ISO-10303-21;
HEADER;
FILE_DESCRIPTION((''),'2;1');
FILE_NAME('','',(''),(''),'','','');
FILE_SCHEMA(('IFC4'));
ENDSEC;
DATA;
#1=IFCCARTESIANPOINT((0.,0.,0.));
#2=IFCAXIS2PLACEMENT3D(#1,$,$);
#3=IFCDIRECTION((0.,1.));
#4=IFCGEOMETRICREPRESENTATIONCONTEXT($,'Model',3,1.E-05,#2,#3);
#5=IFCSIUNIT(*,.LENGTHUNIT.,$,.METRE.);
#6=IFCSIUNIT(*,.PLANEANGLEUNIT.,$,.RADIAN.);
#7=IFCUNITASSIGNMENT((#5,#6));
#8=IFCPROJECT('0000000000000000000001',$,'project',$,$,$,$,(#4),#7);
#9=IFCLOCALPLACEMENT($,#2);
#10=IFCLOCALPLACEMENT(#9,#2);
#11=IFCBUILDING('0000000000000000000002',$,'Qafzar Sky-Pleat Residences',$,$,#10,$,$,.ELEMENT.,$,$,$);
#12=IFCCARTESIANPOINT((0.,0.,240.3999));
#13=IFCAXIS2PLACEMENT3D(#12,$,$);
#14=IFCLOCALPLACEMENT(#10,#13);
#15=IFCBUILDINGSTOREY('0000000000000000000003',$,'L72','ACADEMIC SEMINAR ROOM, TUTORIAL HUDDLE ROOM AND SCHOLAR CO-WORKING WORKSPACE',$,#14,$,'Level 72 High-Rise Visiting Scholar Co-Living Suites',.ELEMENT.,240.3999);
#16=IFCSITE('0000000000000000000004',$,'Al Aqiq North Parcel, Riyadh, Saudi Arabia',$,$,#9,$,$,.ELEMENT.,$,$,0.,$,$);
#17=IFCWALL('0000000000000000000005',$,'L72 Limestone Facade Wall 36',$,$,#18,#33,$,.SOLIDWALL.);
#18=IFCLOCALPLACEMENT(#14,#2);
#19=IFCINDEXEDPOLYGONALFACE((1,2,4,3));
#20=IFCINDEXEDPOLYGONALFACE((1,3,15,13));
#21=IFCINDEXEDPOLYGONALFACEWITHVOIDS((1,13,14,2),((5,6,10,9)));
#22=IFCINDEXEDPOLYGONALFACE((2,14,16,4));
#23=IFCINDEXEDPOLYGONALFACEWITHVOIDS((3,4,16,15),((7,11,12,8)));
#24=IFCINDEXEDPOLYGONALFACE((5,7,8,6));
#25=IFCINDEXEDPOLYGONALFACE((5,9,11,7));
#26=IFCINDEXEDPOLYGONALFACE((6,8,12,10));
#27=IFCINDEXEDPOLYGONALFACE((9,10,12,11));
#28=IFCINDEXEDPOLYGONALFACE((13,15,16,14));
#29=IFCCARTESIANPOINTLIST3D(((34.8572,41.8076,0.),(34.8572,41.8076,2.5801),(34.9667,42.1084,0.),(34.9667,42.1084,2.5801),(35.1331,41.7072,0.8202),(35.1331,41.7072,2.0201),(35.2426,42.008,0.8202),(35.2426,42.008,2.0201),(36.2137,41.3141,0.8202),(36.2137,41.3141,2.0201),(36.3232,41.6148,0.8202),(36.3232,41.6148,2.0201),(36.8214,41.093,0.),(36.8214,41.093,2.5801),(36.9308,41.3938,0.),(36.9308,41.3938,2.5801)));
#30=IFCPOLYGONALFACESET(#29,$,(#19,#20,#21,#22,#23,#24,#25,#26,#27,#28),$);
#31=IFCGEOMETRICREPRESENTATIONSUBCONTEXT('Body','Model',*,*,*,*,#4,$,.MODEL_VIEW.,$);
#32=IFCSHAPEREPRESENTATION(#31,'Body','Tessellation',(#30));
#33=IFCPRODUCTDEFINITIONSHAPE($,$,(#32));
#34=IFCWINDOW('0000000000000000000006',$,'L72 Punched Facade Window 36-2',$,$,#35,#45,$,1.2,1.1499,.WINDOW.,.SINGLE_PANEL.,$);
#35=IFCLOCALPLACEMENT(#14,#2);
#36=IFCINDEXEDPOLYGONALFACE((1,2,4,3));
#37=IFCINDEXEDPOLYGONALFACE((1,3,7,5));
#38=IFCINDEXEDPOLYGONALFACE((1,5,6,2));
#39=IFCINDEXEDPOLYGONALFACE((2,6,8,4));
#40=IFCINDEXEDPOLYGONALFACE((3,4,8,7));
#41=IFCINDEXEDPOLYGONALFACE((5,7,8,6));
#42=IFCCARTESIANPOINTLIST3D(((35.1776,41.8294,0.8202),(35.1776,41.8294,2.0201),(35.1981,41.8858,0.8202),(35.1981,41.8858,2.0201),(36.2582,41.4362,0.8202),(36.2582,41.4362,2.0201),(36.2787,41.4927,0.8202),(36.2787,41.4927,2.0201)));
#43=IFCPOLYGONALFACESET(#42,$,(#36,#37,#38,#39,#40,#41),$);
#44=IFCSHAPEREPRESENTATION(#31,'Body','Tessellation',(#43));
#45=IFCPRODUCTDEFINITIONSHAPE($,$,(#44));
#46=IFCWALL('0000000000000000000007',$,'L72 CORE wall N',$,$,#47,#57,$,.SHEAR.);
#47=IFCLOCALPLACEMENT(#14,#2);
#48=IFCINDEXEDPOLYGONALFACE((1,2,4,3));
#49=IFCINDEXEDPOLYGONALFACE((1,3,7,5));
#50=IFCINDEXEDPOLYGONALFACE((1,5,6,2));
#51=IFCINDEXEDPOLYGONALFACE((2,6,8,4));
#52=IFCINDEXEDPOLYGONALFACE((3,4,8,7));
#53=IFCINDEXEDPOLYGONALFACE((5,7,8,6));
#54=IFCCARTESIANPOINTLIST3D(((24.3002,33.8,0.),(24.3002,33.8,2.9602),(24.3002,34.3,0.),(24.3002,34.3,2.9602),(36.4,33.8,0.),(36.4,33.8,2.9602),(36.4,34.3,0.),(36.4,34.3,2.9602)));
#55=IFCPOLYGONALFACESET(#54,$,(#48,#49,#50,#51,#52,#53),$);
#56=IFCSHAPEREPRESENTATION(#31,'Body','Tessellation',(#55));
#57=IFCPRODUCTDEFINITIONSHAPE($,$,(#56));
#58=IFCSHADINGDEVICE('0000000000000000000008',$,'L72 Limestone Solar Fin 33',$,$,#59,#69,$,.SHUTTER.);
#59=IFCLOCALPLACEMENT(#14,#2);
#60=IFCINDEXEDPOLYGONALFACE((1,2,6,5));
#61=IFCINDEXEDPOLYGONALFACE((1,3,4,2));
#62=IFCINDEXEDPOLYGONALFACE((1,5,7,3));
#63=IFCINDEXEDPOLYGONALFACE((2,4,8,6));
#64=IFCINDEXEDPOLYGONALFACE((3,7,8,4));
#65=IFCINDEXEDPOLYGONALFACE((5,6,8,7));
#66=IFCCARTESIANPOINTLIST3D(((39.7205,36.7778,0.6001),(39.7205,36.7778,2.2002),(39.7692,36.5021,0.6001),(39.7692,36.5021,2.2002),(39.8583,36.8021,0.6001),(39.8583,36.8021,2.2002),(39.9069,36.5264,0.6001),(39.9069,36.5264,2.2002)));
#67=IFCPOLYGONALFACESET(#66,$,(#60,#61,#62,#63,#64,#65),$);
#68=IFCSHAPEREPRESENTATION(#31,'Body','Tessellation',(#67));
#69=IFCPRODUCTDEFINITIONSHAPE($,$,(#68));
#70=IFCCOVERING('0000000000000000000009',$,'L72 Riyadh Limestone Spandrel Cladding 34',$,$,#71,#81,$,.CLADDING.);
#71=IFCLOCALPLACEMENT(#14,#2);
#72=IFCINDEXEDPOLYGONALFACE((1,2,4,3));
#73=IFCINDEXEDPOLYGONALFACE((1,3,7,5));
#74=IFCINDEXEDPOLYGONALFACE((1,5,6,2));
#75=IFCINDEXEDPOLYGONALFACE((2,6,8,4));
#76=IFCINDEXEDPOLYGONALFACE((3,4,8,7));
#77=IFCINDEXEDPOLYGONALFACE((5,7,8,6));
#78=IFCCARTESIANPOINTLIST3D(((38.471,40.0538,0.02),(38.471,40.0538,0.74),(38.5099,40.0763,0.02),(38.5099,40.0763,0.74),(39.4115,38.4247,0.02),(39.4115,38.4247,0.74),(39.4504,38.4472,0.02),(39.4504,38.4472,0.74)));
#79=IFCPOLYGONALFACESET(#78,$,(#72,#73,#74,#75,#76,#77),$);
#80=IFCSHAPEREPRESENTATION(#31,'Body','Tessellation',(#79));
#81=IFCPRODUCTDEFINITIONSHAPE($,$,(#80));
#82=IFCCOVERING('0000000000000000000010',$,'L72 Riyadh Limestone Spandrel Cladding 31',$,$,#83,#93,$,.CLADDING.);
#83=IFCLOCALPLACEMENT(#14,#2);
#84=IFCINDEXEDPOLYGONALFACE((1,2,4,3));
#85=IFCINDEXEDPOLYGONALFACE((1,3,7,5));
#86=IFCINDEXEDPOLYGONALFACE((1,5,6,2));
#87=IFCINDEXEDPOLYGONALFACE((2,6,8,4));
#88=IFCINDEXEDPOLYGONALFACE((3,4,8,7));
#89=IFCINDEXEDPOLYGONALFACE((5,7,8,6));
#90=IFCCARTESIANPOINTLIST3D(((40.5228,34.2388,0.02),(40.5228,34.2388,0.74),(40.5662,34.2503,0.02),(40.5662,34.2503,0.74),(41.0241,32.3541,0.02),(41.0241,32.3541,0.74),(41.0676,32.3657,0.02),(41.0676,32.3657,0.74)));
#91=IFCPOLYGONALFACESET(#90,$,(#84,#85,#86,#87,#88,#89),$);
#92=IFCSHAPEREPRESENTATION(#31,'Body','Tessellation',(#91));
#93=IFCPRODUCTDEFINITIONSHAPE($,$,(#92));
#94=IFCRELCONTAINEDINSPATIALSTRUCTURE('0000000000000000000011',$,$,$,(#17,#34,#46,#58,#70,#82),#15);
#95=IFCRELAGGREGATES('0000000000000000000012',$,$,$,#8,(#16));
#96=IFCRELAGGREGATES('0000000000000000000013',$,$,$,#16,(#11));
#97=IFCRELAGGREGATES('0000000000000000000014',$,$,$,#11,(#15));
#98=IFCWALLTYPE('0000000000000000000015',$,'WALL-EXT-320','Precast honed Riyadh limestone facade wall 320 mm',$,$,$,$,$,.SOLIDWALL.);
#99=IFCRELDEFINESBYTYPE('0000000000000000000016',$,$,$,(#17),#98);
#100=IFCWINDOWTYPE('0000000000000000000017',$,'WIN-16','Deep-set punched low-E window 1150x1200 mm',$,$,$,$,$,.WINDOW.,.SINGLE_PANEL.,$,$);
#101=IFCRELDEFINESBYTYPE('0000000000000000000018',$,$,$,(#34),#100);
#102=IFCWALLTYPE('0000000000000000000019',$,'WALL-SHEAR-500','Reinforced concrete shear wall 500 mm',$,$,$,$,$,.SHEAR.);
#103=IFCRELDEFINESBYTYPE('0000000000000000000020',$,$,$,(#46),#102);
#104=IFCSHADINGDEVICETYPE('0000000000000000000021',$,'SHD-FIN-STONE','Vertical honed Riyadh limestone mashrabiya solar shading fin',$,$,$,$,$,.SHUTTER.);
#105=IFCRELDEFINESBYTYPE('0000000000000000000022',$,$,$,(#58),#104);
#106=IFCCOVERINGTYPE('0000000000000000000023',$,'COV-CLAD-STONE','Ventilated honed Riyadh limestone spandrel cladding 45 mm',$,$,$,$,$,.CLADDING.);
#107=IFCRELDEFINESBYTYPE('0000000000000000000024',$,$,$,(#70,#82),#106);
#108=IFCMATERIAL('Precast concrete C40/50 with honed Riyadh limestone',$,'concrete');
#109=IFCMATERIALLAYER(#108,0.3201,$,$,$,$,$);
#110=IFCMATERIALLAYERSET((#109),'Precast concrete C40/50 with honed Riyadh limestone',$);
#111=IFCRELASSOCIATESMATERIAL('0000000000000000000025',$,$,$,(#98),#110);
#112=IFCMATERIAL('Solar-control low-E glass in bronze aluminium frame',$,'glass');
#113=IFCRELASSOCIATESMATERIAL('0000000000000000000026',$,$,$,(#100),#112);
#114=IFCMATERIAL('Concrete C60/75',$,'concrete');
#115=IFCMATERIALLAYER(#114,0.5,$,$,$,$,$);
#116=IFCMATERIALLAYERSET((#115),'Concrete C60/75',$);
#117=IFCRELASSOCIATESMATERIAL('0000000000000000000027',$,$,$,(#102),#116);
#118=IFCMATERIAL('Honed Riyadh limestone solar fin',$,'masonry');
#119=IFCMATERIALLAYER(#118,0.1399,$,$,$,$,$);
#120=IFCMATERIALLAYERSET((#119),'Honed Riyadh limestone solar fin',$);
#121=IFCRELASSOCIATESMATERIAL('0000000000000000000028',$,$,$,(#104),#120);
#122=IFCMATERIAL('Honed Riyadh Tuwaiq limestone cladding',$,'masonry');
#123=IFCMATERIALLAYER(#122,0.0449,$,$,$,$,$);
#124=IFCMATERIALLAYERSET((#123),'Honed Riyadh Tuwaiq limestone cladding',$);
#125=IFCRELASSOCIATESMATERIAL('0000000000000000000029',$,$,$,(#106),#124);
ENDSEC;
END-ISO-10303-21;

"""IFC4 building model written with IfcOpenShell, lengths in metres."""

from ifc_helpers import new_model, si_unit, direction, frame, frame_2d, origin, origin_2d, place, context, subcontext, project, spatial, rectangle, extrude, source, transform, mapped, material, layer, layer_set, type_object, element, fill, save


model = new_model("IFC4")

# Units and contexts
model_context = context("Model", 3, precision=1e-05, world=origin(), true_north=direction((0.0, 1.0)))
body_context = subcontext(model_context, "Body", "Model", "MODEL_VIEW")
ifc_project = project(units=[si_unit("LENGTHUNIT", "METRE"), si_unit("PLANEANGLEUNIT", "RADIAN")], contexts=[model_context])

# Site, building, storey
site_placement = place(None, origin())
site = spatial("IfcSite", under=ifc_project, at=site_placement, Name="Al Aqiq North Parcel, Riyadh, Saudi Arabia", CompositionType="ELEMENT", RefElevation=0.0)
building_placement = place(site_placement, origin())
building = spatial("IfcBuilding", under=site, at=building_placement, Name="Qafzar Sky-Pleat Residences", CompositionType="ELEMENT")
storey_placement = place(building_placement, frame((0.0, 0.0, 240.3999)))
storey = spatial("IfcBuildingStorey", under=building, at=storey_placement, Name="L72", Description="ACADEMIC SEMINAR ROOM, TUTORIAL HUDDLE ROOM AND SCHOLAR CO-WORKING WORKSPACE", LongName="Level 72 High-Rise Visiting Scholar Co-Living Suites", CompositionType="ELEMENT", Elevation=240.3999)

# Wall, opening, window
ifc_material_1 = material(Name="Precast concrete C40/50 with honed Riyadh limestone", Category="concrete")
ifc_layer_1 = layer(ifc_material_1, 0.3201)
ifc_layer_set_1 = layer_set([ifc_layer_1], Name="Precast concrete C40/50 with honed Riyadh limestone")
wall_type_1 = type_object("IfcWallType", Name="WALL-EXT-320", Description="Precast honed Riyadh limestone facade wall 320 mm", PredefinedType="SOLIDWALL", material=ifc_layer_set_1)
ifc_material_2 = material(Name="Solar-control low-E glass in bronze aluminium frame", Category="glass")
wall_1_placement = place(storey_placement, frame((36.876, 41.2434, 0.0), z_axis=(0.0, 0.0, 1.0), x_axis=(-0.939735, 0.341902, 0.0)))
wall_1 = element("IfcWall", 1, at=wall_1_placement, inside=storey, type_object=wall_type_1, Name="L72 Limestone Facade Wall 36", PredefinedType="SOLIDWALL", context=body_context, shape_type="SweptSolid", body=[
    extrude(rectangle(XDim=2.0901, YDim=0.3201, at=frame_2d((1.0449, 0.0))), origin(), (0.0, 0.0, 1.0), 2.5801),
])
opening_1_placement = place(wall_1_placement, frame((0.6465, 0.0, 0.8201)))
opening_1 = element("IfcOpeningElement", 2, at=opening_1_placement, cuts=wall_1, PredefinedType="OPENING", context=body_context, shape_type="SweptSolid", body=[
    extrude(rectangle(XDim=1.1499, YDim=1.2, at=frame_2d((0.575, 0.6001))), frame((0.0, 0.1699, 0.0), z_axis=(0.0, -1.0, 0.0), x_axis=(1.0, 0.0, 0.0)), (0.0, 0.0, 1.0), 0.3401),
])
window_type_1 = type_object("IfcWindowType", Name="WIN-16", Description="Deep-set punched low-E window 1150x1200 mm", PartitioningType="SINGLE_PANEL", PredefinedType="WINDOW", material=ifc_material_2)
shared_shape_1 = source(origin(), body_context, "Body", "SweptSolid", [
    extrude(rectangle(XDim=1.1499, YDim=1.2, at=frame_2d((0.575, 0.6001))), frame((0.0, 0.03, 0.0), z_axis=(0.0, -1.0, 0.0), x_axis=(1.0, 0.0, 0.0)), (0.0, 0.0, 1.0), 0.0601),
])
window_1_placement = place(opening_1_placement, origin())
window_1 = element("IfcWindow", 3, at=window_1_placement, inside=storey, type_object=window_type_1, Name="L72 Punched Facade Window 36-2", OverallHeight=1.2, OverallWidth=1.1499, PartitioningType="SINGLE_PANEL", PredefinedType="WINDOW", context=body_context, shape_type="MappedRepresentation", body=[
    mapped(shared_shape_1, transform((0.0, 0.0, 0.0), x_axis=(1.0, 0.0, 0.0), y_axis=(0.0, 1.0, 0.0), z_axis=(0.0, 0.0, 1.0), scale=1.0)),
])
fill(opening_1, window_1)

# Wall
ifc_material_3 = material(Name="Concrete C60/75", Category="concrete")
ifc_layer_2 = layer(ifc_material_3, 0.5)
ifc_layer_set_2 = layer_set([ifc_layer_2], Name="Concrete C60/75")
wall_type_2 = type_object("IfcWallType", Name="WALL-SHEAR-500", Description="Reinforced concrete shear wall 500 mm", PredefinedType="SHEAR", material=ifc_layer_set_2)
wall_2_placement = place(storey_placement, frame((36.3999, 34.05, 0.0), z_axis=(0.0, 0.0, 1.0), x_axis=(-1.0, 0.0, 0.0)))
element("IfcWall", 4, at=wall_2_placement, inside=storey, type_object=wall_type_2, Name="L72 CORE wall N", PredefinedType="SHEAR", context=body_context, shape_type="SweptSolid", body=[
    extrude(rectangle(XDim=12.0999, YDim=0.5, at=frame_2d((6.0498, 0.0))), origin(), (0.0, 0.0, 1.0), 2.9602),
])

# Shading device
ifc_material_4 = material(Name="Honed Riyadh limestone solar fin", Category="masonry")
ifc_layer_3 = layer(ifc_material_4, 0.1399)
ifc_layer_set_3 = layer_set([ifc_layer_3], Name="Honed Riyadh limestone solar fin")
shading_device_type = type_object("IfcShadingDeviceType", Name="SHD-FIN-STONE", Description="Vertical honed Riyadh limestone mashrabiya solar shading fin", PredefinedType="SHUTTER", material=ifc_layer_set_3)
shared_shape_2 = source(origin(), body_context, "Body", "SweptSolid", [
    extrude(rectangle(XDim=0.1399, YDim=0.28, at=origin_2d()), origin(), (0.0, 0.0, 1.0), 1.6001),
])
shading_device_placement = place(storey_placement, frame((39.8137, 36.6521, 0.6001), z_axis=(0.0, 0.0, 1.0), x_axis=(0.984808, 0.173649, 0.0)))
element("IfcShadingDevice", 5, at=shading_device_placement, inside=storey, type_object=shading_device_type, Name="L72 Limestone Solar Fin 33", PredefinedType="SHUTTER", context=body_context, shape_type="MappedRepresentation", body=[
    mapped(shared_shape_2, transform((0.0, 0.0, 0.0), x_axis=(1.0, 0.0, 0.0), y_axis=(0.0, 1.0, 0.0), z_axis=(0.0, 0.0, 1.0), scale=1.0)),
])

# Coverings
ifc_material_5 = material(Name="Honed Riyadh Tuwaiq limestone cladding", Category="masonry")
ifc_layer_4 = layer(ifc_material_5, 0.0449)
ifc_layer_set_4 = layer_set([ifc_layer_4], Name="Honed Riyadh Tuwaiq limestone cladding")
covering_type = type_object("IfcCoveringType", Name="COV-CLAD-STONE", Description="Ventilated honed Riyadh limestone spandrel cladding 45 mm", PredefinedType="CLADDING", material=ifc_layer_set_4)
shared_shape_3 = source(origin(), body_context, "Body", "SweptSolid", [
    extrude(rectangle(XDim=1.8811, YDim=0.0449, at=origin_2d()), origin(), (0.0, 0.0, 1.0), 0.72),
])
covering_1_placement = place(storey_placement, frame((38.9607, 39.2505, 0.02), z_axis=(0.0, 0.0, 1.0), x_axis=(-0.499993, 0.866029, 0.0)))
element("IfcCovering", 6, at=covering_1_placement, inside=storey, type_object=covering_type, Name="L72 Riyadh Limestone Spandrel Cladding 34", PredefinedType="CLADDING", context=body_context, shape_type="MappedRepresentation", body=[
    mapped(shared_shape_3, transform((0.0, 0.0, 0.0), x_axis=(1.0, 0.0, 0.0), y_axis=(0.0, 1.0, 0.0), z_axis=(0.0, 0.0, 1.0), scale=1.0)),
])
shared_shape_4 = source(origin(), body_context, "Body", "SweptSolid", [
    extrude(rectangle(XDim=1.9502, YDim=0.0449, at=origin_2d()), origin(), (0.0, 0.0, 1.0), 0.72),
])
covering_2_placement = place(storey_placement, frame((40.7952, 33.3022, 0.02), z_axis=(0.0, 0.0, 1.0), x_axis=(-0.257091, 0.966387, 0.0)))
element("IfcCovering", 7, at=covering_2_placement, inside=storey, type_object=covering_type, Name="L72 Riyadh Limestone Spandrel Cladding 31", PredefinedType="CLADDING", context=body_context, shape_type="MappedRepresentation", body=[
    mapped(shared_shape_4, transform((0.0, 0.0, 0.0), x_axis=(1.0, 0.0, 0.0), y_axis=(0.0, 1.0, 0.0), z_axis=(0.0, 0.0, 1.0), scale=1.0)),
])

save(model, "model.ifc")
